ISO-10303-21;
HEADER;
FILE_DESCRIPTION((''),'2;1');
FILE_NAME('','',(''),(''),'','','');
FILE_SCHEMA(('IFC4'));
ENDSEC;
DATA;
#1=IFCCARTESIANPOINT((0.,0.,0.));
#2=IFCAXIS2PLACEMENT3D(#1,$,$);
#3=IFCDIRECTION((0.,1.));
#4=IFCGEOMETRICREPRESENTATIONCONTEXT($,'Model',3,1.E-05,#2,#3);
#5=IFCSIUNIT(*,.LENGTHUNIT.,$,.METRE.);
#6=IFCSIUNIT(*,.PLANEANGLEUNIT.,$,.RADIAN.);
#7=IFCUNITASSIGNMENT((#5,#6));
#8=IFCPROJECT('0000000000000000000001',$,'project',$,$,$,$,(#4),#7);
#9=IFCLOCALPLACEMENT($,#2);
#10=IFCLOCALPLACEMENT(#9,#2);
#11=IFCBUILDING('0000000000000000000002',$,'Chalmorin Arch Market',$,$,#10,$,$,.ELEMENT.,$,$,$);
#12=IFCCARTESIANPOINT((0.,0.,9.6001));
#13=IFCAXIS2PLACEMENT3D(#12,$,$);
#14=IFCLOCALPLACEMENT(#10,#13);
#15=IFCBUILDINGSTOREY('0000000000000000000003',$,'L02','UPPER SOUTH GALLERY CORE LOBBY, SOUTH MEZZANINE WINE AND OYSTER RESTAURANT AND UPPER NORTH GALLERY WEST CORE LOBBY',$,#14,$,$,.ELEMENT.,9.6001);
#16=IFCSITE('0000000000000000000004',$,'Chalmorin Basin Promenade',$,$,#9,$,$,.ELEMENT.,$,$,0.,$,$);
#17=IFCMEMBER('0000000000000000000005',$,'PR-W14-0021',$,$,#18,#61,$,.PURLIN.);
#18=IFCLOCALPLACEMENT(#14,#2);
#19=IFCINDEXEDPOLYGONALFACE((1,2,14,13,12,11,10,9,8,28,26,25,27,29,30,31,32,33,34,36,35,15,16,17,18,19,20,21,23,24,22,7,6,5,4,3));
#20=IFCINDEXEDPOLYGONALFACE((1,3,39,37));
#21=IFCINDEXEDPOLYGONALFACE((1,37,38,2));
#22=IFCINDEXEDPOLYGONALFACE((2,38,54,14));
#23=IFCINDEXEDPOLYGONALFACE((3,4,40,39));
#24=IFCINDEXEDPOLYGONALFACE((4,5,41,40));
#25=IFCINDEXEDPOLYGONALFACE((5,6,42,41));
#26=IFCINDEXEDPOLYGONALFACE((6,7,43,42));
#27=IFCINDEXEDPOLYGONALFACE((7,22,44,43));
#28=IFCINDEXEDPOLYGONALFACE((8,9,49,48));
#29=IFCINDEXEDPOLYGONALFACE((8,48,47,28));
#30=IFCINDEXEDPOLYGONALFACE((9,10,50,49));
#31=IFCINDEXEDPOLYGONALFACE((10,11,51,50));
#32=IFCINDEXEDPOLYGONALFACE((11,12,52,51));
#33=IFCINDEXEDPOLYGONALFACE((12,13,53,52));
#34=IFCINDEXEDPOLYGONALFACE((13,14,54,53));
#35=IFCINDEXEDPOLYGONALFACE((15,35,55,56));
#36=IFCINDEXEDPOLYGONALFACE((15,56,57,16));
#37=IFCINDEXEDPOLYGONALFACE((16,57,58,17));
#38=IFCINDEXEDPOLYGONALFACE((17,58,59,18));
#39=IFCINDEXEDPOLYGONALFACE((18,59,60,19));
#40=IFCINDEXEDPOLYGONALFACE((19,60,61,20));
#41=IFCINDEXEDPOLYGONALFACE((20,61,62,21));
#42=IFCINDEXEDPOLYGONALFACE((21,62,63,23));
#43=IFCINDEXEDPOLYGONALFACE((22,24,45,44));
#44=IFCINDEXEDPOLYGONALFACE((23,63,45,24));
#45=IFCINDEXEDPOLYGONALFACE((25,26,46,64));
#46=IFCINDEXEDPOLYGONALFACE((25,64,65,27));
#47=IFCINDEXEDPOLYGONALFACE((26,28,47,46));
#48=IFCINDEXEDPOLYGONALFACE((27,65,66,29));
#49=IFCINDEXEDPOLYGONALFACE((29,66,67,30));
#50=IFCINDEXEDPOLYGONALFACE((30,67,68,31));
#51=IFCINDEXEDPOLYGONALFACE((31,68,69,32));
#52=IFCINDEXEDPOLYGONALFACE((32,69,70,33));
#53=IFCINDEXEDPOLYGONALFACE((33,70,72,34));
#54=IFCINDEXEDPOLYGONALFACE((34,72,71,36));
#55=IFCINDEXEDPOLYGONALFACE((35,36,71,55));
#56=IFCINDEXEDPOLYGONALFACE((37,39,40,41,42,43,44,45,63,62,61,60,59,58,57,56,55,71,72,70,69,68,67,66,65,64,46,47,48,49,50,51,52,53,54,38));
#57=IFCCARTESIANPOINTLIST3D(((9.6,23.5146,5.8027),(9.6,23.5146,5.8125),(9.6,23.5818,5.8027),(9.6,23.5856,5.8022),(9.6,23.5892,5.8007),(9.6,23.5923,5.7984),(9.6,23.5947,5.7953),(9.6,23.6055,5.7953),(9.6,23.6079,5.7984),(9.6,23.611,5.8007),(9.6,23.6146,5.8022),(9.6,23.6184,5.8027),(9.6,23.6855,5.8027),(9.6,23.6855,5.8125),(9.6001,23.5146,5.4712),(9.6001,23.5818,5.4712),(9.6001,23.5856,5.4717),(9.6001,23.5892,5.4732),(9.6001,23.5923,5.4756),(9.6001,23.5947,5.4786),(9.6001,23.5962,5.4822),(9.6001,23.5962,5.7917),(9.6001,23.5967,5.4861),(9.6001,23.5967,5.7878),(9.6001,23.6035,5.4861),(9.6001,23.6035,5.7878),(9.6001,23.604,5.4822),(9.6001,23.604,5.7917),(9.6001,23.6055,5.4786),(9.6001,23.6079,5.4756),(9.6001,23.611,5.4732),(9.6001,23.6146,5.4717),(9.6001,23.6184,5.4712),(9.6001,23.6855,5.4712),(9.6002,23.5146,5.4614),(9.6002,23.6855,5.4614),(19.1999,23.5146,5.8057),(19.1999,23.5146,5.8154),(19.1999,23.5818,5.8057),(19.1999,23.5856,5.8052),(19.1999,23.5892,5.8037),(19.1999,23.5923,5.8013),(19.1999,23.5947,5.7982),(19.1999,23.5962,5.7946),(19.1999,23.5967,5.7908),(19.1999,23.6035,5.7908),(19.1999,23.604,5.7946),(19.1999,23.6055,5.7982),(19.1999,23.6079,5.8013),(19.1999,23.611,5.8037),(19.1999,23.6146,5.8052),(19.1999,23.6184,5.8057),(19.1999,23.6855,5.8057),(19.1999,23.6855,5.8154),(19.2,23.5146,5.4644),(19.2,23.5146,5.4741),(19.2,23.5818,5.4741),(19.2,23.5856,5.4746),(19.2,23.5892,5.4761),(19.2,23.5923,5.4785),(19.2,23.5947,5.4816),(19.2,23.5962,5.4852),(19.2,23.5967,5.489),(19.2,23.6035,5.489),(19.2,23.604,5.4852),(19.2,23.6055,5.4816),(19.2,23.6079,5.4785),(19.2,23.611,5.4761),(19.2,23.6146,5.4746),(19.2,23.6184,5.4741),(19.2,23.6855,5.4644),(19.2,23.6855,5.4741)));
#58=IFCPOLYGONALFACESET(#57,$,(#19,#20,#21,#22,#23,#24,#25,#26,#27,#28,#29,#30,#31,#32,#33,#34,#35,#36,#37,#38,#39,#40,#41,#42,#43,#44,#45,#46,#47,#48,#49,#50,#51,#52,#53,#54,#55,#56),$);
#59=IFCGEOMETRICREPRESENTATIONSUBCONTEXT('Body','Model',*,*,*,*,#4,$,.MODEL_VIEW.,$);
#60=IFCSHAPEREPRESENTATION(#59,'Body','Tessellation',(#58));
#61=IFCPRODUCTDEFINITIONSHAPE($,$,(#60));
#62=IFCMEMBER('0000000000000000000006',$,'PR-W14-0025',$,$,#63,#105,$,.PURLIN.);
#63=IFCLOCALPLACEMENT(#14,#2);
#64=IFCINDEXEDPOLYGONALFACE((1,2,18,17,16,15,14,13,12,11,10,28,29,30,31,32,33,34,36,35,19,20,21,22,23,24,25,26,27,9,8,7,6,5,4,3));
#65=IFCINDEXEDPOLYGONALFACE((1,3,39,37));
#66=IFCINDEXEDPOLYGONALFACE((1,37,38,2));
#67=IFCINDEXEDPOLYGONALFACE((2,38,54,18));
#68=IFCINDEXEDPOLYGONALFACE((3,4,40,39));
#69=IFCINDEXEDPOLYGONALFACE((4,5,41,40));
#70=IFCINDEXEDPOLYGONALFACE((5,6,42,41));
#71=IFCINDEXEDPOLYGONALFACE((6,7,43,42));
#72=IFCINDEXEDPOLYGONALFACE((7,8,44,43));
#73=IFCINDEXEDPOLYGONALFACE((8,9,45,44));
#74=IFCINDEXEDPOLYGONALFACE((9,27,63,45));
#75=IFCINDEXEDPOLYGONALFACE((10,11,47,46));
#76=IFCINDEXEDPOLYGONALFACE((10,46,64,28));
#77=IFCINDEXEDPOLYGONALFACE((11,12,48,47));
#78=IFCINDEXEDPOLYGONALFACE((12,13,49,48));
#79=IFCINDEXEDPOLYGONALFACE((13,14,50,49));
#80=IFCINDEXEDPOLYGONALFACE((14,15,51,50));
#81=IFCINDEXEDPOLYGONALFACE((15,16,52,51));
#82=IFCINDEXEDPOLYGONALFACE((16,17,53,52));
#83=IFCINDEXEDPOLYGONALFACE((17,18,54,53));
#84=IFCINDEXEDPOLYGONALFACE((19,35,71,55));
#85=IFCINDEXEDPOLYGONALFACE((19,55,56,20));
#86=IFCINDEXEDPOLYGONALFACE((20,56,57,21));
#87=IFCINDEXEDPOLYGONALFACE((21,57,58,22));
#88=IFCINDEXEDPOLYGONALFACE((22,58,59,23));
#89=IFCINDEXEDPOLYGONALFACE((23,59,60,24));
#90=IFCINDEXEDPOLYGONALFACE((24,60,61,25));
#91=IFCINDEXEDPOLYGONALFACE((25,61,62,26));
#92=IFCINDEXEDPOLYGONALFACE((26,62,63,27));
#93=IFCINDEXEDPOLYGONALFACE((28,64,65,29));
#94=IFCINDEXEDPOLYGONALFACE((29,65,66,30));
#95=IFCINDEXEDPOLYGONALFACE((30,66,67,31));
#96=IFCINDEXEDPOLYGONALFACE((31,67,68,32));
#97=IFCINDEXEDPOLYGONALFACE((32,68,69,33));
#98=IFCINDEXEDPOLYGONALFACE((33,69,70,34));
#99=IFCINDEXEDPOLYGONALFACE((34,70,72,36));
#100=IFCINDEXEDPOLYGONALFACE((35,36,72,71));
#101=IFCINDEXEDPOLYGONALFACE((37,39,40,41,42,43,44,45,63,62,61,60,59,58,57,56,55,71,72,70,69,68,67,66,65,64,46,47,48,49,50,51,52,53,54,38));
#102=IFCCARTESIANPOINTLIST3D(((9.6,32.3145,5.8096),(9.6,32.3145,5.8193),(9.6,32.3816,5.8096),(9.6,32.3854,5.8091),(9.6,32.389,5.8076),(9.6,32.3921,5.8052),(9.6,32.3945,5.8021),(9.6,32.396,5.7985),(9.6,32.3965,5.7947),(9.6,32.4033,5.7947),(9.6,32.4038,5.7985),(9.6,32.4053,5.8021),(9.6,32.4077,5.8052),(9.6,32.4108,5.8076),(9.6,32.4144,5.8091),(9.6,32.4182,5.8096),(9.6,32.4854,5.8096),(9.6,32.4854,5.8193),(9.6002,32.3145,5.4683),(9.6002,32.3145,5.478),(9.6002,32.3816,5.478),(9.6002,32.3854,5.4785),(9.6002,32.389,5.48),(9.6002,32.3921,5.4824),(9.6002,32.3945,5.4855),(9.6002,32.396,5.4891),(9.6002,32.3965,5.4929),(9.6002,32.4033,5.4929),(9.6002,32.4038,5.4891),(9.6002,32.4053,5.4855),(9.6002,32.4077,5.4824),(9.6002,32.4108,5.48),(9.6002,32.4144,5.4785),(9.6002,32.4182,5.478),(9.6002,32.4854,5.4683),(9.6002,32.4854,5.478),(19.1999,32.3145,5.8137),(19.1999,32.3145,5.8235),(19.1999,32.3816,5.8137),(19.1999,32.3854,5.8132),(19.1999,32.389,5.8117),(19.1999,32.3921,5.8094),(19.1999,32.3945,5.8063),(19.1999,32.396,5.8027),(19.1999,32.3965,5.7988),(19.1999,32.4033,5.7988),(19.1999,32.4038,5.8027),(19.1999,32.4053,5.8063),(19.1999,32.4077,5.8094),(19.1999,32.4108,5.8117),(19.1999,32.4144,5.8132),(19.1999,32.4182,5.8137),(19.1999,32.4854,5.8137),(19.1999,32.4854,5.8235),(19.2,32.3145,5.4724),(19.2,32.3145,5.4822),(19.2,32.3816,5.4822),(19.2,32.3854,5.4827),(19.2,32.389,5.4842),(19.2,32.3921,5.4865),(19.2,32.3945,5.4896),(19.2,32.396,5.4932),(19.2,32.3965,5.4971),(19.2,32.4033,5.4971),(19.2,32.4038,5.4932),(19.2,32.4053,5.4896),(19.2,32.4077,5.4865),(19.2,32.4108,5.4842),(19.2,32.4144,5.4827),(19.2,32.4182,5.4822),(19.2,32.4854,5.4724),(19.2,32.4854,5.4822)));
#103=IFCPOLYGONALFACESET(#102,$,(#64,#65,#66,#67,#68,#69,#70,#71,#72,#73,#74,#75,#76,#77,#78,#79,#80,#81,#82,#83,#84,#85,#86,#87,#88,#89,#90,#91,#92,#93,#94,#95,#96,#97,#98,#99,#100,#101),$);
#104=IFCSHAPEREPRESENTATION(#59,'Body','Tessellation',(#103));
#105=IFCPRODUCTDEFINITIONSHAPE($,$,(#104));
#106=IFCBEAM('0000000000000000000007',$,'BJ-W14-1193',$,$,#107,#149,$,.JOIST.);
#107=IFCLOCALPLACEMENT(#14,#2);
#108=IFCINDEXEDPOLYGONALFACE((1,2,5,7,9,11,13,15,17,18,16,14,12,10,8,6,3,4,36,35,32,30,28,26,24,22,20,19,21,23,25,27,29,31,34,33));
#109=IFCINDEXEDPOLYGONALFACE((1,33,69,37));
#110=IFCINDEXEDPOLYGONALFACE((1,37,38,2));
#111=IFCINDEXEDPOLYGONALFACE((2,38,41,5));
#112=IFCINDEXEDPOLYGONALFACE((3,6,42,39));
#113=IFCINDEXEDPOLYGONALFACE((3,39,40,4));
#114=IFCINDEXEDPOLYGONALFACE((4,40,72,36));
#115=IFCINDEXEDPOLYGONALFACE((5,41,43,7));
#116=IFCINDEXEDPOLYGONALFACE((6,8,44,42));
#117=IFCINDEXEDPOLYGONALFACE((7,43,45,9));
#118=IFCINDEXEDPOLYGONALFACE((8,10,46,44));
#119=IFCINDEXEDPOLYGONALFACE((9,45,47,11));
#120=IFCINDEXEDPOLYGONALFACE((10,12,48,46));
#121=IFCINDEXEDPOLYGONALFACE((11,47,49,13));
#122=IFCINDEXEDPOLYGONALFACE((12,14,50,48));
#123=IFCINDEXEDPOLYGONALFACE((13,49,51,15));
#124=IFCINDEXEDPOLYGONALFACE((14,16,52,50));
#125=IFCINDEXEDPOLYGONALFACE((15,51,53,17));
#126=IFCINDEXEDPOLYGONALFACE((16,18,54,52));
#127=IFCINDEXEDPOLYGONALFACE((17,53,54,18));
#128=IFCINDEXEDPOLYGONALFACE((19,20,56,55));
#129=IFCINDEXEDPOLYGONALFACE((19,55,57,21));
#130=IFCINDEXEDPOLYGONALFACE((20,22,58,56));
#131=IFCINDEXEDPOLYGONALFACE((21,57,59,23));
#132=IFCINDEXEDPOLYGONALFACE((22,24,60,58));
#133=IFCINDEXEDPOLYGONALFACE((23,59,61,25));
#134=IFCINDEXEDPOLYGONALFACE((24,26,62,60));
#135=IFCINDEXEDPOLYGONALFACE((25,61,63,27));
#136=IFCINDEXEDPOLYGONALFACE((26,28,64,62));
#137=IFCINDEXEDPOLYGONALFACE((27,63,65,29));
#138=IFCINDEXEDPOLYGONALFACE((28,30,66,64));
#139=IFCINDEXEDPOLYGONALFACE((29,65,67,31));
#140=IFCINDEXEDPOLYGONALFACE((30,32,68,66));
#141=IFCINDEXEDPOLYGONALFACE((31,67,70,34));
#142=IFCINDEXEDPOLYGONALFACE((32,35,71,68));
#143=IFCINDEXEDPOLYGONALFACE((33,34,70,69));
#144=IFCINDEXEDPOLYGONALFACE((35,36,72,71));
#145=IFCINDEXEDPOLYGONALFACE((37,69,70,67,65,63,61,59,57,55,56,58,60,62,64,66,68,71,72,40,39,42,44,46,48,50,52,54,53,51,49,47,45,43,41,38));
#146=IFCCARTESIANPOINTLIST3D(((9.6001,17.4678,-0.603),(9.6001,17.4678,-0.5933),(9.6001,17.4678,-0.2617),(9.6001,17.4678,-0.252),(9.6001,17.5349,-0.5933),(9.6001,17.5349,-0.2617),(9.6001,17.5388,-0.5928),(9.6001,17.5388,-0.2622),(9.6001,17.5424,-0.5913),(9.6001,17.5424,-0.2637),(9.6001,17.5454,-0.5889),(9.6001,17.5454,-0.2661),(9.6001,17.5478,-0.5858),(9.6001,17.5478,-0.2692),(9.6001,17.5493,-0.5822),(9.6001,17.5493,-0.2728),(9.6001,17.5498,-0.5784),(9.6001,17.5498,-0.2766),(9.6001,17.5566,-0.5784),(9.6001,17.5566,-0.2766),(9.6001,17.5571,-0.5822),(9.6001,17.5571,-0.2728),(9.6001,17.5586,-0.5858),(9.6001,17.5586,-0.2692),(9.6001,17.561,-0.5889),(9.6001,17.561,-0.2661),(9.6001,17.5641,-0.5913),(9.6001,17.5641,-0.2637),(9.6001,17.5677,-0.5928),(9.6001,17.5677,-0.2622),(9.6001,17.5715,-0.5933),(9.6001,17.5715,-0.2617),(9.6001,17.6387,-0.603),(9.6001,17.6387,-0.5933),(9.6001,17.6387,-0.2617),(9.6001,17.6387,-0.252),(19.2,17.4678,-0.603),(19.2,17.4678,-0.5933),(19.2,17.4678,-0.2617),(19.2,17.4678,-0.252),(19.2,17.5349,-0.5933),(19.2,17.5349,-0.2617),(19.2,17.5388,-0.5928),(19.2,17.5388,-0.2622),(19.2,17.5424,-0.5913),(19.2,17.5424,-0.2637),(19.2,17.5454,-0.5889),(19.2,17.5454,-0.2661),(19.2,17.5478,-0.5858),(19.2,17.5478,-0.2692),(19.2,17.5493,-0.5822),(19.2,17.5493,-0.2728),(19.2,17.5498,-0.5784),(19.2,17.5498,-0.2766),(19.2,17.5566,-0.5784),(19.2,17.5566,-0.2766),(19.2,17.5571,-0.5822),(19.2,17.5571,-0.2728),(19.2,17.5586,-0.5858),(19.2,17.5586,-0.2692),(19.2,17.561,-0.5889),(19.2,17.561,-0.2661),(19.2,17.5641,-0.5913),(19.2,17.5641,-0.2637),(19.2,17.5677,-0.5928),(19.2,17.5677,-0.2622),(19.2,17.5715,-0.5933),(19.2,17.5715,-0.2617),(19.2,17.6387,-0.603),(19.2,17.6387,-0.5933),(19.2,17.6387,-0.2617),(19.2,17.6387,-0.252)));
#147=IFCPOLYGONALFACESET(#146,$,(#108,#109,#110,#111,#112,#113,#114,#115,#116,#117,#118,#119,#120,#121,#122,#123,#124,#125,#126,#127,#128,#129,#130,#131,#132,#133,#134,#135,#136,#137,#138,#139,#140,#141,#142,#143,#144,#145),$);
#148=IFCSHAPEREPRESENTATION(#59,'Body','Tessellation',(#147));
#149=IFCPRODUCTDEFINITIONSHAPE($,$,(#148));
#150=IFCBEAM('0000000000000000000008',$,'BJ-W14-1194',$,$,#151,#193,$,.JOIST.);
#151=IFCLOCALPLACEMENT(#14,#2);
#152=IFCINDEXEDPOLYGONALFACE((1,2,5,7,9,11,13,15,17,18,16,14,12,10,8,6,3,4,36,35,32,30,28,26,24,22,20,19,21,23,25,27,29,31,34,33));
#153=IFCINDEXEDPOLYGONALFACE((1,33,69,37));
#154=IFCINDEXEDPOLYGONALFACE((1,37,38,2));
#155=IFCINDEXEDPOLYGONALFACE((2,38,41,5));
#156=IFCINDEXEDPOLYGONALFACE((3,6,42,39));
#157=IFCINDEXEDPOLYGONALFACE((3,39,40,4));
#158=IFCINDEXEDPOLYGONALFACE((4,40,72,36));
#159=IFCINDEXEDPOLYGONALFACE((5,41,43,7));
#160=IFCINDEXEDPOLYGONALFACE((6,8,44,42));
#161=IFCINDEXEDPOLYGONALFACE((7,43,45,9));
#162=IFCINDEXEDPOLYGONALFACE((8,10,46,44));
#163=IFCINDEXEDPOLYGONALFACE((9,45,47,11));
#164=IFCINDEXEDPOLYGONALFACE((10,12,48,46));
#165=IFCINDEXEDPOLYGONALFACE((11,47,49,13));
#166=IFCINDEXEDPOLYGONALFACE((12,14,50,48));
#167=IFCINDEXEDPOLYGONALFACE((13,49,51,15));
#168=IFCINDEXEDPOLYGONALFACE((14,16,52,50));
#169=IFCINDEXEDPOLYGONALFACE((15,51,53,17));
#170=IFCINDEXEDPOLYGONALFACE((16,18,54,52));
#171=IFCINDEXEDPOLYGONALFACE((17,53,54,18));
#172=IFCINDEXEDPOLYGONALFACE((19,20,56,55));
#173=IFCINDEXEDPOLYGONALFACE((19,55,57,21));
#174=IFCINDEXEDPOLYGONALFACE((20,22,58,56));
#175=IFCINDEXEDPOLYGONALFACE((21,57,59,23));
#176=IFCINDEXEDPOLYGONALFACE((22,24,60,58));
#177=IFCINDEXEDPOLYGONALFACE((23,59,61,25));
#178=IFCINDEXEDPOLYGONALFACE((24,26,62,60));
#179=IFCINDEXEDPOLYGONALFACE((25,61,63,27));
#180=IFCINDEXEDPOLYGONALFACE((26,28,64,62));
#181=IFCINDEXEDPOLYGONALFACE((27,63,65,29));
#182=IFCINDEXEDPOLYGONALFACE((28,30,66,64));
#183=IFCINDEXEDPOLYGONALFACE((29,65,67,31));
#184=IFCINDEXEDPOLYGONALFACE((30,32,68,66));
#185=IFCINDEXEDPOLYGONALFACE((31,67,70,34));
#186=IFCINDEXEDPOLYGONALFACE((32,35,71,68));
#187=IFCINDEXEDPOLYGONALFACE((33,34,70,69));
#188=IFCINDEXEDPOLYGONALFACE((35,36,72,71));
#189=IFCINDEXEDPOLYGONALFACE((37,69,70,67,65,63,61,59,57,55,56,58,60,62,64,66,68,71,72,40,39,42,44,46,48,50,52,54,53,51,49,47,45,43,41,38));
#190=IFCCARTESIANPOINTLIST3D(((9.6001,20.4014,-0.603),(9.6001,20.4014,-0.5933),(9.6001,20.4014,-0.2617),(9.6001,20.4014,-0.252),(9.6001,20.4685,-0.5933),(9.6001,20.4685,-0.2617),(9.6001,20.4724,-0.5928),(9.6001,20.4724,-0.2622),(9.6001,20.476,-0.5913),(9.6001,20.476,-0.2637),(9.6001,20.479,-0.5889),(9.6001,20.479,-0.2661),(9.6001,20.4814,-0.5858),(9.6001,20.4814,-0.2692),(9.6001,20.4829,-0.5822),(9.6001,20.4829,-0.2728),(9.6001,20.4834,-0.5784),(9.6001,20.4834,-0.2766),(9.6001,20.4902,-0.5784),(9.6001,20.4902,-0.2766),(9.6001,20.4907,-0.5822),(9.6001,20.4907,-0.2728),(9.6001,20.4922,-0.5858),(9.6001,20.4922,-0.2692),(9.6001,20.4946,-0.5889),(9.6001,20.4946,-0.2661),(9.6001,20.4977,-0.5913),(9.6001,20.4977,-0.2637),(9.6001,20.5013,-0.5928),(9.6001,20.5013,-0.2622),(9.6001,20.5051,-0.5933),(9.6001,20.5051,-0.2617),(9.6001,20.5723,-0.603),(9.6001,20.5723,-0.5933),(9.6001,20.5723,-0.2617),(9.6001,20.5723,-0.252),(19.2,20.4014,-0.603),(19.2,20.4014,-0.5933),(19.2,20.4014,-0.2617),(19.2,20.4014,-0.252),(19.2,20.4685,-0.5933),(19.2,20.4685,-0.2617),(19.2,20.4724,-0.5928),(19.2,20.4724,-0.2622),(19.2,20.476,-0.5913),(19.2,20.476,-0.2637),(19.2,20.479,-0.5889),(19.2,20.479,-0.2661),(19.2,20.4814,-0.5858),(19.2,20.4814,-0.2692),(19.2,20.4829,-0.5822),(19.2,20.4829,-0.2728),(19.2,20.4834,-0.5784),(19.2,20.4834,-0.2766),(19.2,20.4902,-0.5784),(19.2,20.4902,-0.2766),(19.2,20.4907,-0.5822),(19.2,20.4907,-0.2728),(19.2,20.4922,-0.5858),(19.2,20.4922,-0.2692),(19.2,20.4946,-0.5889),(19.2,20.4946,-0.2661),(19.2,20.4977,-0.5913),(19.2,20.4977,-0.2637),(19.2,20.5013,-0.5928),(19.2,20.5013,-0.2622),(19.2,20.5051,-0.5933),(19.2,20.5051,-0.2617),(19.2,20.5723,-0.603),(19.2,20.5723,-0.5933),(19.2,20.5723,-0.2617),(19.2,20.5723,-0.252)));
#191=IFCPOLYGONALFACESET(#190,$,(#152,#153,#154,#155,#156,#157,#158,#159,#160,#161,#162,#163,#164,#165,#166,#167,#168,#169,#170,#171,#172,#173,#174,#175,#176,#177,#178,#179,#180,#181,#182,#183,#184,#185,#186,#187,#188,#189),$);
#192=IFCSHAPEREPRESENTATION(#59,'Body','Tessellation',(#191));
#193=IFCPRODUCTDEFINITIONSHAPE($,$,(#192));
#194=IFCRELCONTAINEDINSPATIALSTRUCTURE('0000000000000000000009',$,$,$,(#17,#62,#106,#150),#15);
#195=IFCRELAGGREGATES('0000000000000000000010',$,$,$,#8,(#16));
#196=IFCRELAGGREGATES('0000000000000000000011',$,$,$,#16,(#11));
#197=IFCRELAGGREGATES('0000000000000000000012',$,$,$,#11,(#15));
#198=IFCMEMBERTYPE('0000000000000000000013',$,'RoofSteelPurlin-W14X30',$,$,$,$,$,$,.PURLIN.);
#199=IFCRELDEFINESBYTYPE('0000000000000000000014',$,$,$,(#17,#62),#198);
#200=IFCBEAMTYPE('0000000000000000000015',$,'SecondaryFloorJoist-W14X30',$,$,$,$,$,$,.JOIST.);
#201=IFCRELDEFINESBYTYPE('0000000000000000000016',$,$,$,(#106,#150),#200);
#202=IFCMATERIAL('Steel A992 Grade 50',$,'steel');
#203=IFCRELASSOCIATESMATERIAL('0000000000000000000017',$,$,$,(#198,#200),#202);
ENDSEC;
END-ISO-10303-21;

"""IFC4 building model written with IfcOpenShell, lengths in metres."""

from ifc_helpers import new_model, si_unit, direction, frame, origin, origin_2d, place, context, subcontext, project, spatial, i_section, extrude, material, material_profile, profile_set, type_object, element, save


model = new_model("IFC4")

# Units and contexts
model_context = context("Model", 3, precision=1e-05, world=origin(), true_north=direction((0.0, 1.0)))
body_context = subcontext(model_context, "Body", "Model", "MODEL_VIEW")
ifc_project = project(units=[si_unit("LENGTHUNIT", "METRE"), si_unit("PLANEANGLEUNIT", "RADIAN")], contexts=[model_context])

# Site, building, storey
site_placement = place(None, origin())
site = spatial("IfcSite", under=ifc_project, at=site_placement, Name="Chalmorin Basin Promenade", CompositionType="ELEMENT", RefElevation=0.0)
building_placement = place(site_placement, origin())
building = spatial("IfcBuilding", under=site, at=building_placement, Name="Chalmorin Arch Market", CompositionType="ELEMENT")
storey_placement = place(building_placement, frame((0.0, 0.0, 9.6001)))
storey = spatial("IfcBuildingStorey", under=building, at=storey_placement, Name="L02", Description="UPPER SOUTH GALLERY CORE LOBBY, SOUTH MEZZANINE WINE AND OYSTER RESTAURANT AND UPPER NORTH GALLERY WEST CORE LOBBY", CompositionType="ELEMENT", Elevation=9.6001)

# Shared definitions
ifc_material_1 = material(Name="Steel A992 Grade 50", Category="steel")

# Members
ifc_material_profile_1 = material_profile(ifc_material_1, i_section(OverallWidth=0.1709, OverallDepth=0.3511, WebThickness=0.0068, FlangeThickness=0.0098, FilletRadius=0.0149, at=origin_2d()), Name="W14X30")
ifc_profile_set_1 = profile_set([ifc_material_profile_1], Name="Steel A992 Grade 50")
member_type = type_object("IfcMemberType", Name="RoofSteelPurlin-W14X30", PredefinedType="PURLIN", material=ifc_profile_set_1)
for number, where, z_axis, x_axis, name in (
    (1, (9.6001, 23.6001, 5.637), (1.0, 0.0, 0.000305), (0.0, 1.0, 0.0), "PR-W14-0021"),
    (2, (9.6001, 32.3999, 5.6438), (1.0, 0.0, 0.000432), (0.0, 1.0, 0.0), "PR-W14-0025"),
):
    element("IfcMember", number, at=place(storey_placement, frame(where, z_axis=z_axis, x_axis=x_axis)), inside=storey, type_object=member_type, Name=name, PredefinedType="PURLIN", context=body_context, shape_type="SweptSolid", body=[
        extrude(i_section(OverallWidth=0.1709, OverallDepth=0.3511, WebThickness=0.0068, FlangeThickness=0.0098, FilletRadius=0.0149, at=origin_2d()), origin(), (0.0, 0.0, 1.0), 9.5999),
    ])

# Beams
ifc_material_profile_2 = material_profile(ifc_material_1, i_section(OverallWidth=0.1709, OverallDepth=0.3511, WebThickness=0.0068, FlangeThickness=0.0098, FilletRadius=0.0149, at=origin_2d()), Name="W14X30")
ifc_profile_set_2 = profile_set([ifc_material_profile_2], Name="Steel A992 Grade 50")
beam_type_1 = type_object("IfcBeamType", Name="SecondaryFloorJoist-W14X30", PredefinedType="JOIST", material=ifc_profile_set_2)
for number, where, z_axis, x_axis, name in (
    (3, (9.6001, 17.5532, -0.4275), (1.0, 0.0, 0.0), (0.0, 1.0, 0.0), "BJ-W14-1193"),
    (4, (9.6001, 20.4868, -0.4275), (1.0, 0.0, 0.0), (0.0, 1.0, 0.0), "BJ-W14-1194"),
):
    element("IfcBeam", number, at=place(storey_placement, frame(where, z_axis=z_axis, x_axis=x_axis)), inside=storey, type_object=beam_type_1, Name=name, PredefinedType="JOIST", context=body_context, shape_type="SweptSolid", body=[
        extrude(i_section(OverallWidth=0.1709, OverallDepth=0.3511, WebThickness=0.0068, FlangeThickness=0.0098, FilletRadius=0.0149, at=origin_2d()), origin(), (0.0, 0.0, 1.0), 9.5999),
    ])

save(model, "model.ifc")
